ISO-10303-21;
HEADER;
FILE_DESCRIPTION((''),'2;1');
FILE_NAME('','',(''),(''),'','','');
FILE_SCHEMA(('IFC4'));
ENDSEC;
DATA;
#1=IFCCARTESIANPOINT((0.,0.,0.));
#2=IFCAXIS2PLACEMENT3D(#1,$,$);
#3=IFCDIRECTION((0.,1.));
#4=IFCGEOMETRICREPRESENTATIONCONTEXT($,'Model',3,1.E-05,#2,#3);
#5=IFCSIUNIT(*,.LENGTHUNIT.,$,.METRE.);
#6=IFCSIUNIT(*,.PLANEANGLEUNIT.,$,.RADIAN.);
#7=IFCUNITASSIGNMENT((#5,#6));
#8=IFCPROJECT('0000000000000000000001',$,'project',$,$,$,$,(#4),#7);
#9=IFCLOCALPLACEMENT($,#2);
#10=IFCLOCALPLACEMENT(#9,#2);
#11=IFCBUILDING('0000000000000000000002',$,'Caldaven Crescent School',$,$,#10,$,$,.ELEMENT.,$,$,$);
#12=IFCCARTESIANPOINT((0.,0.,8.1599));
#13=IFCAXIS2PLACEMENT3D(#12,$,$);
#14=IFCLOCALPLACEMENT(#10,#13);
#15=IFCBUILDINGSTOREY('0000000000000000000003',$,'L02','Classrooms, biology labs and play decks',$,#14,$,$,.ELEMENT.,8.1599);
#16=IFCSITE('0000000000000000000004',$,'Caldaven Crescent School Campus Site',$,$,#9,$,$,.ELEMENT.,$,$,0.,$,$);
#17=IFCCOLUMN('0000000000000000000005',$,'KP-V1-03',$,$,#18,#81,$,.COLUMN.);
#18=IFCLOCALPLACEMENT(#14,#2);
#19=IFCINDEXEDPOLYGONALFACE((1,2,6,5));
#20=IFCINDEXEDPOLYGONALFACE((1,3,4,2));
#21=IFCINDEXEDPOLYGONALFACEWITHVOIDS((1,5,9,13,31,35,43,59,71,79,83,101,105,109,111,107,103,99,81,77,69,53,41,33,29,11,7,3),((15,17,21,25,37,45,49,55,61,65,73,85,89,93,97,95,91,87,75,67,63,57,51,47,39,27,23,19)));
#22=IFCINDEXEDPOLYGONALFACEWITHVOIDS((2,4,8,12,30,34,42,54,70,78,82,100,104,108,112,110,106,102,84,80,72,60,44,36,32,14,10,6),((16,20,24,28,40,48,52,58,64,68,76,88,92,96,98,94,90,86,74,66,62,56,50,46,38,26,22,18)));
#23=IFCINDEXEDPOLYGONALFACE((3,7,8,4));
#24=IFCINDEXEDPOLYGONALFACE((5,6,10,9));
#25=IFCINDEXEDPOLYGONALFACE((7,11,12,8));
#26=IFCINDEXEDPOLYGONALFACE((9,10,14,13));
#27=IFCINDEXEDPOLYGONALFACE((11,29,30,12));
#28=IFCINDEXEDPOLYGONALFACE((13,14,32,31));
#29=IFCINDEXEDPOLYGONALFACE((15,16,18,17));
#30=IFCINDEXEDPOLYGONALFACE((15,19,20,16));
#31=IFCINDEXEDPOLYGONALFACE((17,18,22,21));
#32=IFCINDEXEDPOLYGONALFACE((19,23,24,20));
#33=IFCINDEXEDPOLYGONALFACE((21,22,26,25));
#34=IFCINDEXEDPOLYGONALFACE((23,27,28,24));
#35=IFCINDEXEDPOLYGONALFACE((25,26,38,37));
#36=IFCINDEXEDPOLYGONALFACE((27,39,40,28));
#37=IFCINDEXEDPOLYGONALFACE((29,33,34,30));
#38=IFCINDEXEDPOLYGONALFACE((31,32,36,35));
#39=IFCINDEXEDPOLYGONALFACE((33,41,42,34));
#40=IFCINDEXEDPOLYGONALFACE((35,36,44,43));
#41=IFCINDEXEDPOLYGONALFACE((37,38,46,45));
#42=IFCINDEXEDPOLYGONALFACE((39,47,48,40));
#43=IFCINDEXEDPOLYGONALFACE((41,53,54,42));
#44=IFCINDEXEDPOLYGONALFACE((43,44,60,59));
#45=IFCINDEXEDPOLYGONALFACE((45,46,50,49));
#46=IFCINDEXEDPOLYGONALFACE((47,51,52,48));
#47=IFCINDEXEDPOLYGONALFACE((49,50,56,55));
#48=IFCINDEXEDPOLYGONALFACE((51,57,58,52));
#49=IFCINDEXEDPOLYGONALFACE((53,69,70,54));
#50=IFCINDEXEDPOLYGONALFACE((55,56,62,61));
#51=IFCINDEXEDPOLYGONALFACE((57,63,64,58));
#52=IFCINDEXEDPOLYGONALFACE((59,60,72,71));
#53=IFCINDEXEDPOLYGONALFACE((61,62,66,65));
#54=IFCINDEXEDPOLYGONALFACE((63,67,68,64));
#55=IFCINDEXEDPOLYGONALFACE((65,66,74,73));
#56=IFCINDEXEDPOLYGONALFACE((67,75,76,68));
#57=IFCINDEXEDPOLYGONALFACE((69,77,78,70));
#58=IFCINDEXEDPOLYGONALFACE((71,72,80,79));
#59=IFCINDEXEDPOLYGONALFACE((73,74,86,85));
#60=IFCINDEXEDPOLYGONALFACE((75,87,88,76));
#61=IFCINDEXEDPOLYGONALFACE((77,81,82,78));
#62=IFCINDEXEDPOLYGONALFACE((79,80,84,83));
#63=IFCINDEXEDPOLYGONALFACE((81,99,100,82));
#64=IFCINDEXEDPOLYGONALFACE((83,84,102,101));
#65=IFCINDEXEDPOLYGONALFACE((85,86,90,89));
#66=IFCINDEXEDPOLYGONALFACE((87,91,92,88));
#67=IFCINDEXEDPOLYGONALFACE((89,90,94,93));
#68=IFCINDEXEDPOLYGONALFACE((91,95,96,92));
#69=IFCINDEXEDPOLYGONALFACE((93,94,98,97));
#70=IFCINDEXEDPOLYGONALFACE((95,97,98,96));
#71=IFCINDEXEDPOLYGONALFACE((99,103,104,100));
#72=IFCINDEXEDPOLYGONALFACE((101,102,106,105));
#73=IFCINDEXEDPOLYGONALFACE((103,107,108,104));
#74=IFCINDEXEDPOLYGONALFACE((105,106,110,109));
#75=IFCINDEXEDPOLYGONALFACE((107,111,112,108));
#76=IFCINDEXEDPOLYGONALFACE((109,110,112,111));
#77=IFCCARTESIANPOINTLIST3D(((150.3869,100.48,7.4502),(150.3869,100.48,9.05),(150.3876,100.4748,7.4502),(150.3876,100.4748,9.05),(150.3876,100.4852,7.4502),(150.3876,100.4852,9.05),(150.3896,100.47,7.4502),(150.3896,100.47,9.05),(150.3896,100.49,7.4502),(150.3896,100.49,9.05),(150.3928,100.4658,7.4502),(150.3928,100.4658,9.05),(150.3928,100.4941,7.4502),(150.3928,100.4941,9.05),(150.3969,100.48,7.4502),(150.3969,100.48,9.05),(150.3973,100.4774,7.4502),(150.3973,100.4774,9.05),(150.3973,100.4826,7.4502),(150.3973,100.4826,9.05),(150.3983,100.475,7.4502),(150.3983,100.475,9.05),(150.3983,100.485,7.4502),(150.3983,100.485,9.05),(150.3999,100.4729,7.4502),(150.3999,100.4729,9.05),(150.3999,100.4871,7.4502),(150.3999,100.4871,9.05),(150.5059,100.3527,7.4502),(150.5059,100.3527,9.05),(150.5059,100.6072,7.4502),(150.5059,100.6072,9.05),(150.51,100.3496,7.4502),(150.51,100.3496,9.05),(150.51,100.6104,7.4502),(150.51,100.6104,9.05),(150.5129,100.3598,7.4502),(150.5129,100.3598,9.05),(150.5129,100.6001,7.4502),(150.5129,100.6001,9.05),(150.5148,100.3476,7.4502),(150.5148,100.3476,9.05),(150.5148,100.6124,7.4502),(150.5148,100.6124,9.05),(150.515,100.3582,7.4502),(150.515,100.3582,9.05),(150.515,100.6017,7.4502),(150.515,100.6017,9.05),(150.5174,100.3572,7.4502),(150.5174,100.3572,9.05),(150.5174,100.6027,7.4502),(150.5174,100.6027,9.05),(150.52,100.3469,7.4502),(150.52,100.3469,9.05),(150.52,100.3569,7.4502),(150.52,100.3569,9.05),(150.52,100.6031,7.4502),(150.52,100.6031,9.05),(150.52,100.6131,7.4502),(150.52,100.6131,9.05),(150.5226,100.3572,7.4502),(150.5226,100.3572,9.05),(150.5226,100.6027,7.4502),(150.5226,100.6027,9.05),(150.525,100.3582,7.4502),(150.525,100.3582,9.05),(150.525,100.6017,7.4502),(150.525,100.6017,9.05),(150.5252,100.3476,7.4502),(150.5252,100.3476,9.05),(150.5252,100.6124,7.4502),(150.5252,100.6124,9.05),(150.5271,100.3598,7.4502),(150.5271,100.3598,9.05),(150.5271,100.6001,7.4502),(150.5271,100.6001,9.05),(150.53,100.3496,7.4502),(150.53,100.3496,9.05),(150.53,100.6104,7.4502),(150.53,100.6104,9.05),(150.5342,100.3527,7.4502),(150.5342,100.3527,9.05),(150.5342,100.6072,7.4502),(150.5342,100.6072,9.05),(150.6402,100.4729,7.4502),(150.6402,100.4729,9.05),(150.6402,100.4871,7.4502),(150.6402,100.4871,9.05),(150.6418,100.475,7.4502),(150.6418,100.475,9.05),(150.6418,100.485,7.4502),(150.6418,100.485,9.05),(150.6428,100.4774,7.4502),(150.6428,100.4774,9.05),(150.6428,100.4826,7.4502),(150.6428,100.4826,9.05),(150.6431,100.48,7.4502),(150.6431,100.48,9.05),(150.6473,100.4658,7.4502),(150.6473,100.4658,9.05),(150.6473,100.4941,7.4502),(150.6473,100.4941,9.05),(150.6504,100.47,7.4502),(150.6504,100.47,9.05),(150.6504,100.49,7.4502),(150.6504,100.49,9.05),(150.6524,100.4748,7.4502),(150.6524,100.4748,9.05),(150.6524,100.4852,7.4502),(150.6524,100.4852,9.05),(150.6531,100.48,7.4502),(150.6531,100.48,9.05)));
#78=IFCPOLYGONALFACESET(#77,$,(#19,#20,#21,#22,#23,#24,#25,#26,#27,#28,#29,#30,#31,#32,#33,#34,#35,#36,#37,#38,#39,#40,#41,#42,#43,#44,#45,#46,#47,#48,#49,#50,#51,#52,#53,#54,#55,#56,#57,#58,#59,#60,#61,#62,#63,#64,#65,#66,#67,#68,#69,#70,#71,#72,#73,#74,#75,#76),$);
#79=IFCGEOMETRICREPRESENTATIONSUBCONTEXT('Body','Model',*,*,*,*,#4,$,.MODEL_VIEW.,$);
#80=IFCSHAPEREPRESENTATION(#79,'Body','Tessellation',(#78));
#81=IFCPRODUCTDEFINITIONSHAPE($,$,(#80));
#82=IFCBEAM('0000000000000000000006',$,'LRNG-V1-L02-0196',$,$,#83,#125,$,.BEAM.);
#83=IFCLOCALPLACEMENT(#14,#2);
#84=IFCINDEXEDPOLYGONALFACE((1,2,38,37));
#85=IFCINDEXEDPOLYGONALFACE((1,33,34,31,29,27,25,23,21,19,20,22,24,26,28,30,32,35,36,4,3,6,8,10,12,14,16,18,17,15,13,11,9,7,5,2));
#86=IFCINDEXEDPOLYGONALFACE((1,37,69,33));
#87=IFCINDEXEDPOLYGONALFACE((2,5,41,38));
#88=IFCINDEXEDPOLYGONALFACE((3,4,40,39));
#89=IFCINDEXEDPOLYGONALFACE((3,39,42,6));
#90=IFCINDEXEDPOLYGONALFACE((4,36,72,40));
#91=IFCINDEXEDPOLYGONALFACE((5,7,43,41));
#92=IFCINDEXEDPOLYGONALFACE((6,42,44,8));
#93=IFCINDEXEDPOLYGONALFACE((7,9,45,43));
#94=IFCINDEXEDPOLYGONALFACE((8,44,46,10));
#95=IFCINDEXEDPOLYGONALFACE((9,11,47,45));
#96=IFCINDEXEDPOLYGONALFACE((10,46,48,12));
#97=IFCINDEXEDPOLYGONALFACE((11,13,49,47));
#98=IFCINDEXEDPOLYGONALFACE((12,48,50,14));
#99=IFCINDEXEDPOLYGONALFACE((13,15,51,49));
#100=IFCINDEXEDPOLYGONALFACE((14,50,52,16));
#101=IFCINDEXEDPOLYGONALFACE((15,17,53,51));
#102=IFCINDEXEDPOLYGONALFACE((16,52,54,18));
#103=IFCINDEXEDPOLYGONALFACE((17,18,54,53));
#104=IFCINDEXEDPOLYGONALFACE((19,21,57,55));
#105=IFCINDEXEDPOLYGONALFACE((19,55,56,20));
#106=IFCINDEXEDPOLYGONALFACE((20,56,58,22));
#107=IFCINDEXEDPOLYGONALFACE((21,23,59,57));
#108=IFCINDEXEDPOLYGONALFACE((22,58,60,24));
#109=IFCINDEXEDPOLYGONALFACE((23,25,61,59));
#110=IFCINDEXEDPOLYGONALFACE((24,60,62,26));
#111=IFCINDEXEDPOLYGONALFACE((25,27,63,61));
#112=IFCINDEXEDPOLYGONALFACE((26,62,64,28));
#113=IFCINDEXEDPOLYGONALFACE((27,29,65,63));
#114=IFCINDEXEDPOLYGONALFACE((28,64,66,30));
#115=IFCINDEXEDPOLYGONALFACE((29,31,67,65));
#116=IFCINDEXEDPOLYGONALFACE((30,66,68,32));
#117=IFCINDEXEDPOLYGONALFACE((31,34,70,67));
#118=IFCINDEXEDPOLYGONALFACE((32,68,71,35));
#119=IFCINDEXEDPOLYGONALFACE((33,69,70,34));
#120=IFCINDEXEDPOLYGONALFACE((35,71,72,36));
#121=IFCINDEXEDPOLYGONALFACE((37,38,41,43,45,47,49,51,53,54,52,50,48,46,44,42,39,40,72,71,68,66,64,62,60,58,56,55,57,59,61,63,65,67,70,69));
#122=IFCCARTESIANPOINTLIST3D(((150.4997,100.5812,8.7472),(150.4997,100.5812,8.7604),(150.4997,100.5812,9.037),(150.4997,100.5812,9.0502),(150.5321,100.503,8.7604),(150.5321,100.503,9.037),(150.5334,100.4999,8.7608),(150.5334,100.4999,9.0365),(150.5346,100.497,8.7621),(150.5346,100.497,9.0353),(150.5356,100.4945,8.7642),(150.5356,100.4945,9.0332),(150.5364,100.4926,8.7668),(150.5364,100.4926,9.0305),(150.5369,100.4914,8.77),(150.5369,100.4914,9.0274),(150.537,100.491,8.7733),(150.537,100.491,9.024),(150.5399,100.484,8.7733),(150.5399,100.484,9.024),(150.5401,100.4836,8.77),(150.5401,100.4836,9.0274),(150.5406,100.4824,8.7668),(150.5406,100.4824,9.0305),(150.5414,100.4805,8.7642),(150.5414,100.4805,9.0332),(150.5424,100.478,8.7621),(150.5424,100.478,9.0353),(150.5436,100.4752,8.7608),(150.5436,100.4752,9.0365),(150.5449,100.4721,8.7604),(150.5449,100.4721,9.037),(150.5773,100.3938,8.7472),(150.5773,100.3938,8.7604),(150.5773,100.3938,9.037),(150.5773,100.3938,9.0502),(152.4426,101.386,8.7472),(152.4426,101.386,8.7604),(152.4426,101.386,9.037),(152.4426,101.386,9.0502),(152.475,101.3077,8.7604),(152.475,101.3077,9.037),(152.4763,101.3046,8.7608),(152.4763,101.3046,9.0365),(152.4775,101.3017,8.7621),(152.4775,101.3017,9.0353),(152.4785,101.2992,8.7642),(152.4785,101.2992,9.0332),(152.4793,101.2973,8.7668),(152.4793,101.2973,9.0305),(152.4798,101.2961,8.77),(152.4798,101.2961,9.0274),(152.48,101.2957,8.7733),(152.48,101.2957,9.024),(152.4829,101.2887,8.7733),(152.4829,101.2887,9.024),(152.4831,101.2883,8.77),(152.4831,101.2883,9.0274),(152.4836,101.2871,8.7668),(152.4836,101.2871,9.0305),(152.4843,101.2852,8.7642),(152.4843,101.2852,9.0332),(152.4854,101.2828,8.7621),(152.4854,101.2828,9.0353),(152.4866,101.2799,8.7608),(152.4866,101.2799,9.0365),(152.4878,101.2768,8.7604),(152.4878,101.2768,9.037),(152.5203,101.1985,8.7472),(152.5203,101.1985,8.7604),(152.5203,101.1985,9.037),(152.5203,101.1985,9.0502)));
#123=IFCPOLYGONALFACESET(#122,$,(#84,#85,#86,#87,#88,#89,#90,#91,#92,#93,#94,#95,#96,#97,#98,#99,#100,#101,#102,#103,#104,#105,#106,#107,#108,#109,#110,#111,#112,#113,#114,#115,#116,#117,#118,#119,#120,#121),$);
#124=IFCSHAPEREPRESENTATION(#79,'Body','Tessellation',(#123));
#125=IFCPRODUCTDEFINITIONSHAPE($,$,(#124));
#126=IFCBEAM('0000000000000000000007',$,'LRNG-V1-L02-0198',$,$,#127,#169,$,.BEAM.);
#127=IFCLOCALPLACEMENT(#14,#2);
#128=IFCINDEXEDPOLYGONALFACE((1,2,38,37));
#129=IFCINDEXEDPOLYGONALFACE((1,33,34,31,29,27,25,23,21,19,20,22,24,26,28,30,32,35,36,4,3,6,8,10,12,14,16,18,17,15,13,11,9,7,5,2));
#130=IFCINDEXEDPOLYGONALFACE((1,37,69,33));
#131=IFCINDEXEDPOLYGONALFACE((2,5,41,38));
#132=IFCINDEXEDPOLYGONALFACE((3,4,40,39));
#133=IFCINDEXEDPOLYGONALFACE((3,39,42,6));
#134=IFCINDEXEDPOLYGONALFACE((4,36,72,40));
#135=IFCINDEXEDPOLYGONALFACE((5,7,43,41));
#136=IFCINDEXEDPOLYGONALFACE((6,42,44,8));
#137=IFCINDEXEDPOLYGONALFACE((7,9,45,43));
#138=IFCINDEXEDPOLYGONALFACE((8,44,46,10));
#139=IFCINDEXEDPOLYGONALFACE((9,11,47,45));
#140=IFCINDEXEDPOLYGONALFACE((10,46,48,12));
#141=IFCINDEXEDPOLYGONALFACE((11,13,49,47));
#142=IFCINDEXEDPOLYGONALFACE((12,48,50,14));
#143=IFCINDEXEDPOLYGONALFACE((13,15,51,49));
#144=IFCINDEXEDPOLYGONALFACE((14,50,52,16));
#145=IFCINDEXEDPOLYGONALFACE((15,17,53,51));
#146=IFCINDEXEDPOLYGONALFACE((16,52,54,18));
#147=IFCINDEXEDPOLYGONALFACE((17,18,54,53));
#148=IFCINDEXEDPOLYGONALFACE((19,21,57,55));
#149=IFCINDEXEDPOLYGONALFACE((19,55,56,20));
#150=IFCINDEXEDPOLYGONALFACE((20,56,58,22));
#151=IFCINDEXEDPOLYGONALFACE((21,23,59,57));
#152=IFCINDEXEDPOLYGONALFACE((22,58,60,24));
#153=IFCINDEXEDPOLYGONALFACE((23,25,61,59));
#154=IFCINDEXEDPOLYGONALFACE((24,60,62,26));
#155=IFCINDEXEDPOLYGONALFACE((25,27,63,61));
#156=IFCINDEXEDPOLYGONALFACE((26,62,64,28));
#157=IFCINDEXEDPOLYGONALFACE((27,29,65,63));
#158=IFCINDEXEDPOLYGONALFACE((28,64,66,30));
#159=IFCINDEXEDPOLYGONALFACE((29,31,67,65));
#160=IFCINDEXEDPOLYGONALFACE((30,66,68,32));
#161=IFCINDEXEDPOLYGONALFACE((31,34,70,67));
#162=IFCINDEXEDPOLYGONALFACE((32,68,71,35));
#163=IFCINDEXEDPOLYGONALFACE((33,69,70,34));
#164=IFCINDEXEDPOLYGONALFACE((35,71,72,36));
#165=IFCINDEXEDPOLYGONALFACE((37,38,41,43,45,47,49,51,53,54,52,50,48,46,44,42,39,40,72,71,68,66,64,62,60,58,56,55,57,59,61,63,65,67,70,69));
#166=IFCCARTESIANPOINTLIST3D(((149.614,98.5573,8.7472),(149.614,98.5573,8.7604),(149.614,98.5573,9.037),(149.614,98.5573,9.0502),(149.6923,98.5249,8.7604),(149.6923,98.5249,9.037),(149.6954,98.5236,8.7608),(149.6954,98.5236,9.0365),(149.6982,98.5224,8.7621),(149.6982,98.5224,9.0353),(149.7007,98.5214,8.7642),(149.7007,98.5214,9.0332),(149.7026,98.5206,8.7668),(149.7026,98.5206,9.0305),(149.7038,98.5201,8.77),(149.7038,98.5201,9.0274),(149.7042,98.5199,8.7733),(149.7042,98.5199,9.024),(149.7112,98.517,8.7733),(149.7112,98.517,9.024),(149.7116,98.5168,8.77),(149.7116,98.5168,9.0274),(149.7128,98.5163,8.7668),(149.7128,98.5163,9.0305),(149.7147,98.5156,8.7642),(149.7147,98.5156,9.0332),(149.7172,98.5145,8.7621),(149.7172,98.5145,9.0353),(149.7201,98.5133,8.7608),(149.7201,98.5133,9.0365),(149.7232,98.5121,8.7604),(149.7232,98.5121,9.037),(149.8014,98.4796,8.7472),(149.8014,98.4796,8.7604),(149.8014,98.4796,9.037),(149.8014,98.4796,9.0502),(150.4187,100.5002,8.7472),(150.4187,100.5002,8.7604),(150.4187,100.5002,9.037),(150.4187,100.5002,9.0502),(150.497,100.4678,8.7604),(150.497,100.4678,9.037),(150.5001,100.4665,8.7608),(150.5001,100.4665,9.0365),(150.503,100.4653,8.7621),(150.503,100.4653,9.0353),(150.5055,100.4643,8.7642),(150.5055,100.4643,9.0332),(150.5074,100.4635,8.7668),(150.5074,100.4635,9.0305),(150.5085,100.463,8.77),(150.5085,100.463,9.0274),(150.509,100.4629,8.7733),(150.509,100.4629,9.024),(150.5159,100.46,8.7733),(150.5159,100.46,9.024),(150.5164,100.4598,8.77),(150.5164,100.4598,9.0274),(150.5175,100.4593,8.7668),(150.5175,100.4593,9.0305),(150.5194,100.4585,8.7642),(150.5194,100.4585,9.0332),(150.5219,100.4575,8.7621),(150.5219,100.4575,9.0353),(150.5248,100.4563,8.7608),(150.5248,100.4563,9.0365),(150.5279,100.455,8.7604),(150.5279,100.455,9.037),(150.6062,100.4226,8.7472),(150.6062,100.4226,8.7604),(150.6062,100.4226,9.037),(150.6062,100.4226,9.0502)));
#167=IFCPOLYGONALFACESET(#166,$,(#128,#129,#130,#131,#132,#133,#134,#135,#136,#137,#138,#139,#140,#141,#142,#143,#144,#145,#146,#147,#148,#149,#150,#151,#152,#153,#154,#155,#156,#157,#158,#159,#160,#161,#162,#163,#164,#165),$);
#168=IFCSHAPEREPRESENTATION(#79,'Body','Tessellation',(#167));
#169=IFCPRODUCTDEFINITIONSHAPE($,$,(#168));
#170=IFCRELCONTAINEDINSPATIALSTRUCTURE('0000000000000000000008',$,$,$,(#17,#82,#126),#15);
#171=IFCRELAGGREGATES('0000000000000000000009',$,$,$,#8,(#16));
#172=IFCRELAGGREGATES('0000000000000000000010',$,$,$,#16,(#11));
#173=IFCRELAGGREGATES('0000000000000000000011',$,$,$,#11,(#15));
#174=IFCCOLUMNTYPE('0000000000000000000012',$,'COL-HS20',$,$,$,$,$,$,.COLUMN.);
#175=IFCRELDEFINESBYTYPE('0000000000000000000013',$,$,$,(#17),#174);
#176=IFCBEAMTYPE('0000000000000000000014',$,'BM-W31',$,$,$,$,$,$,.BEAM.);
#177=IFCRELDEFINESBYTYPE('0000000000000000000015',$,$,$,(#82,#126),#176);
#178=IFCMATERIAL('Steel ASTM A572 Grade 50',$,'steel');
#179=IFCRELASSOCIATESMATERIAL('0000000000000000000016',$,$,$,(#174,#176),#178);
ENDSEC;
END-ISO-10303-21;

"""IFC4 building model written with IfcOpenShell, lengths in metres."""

from ifc_helpers import new_model, si_unit, direction, frame, origin, origin_2d, place, context, subcontext, project, spatial, hollow_rectangle, i_section, extrude, material, material_profile, profile_set, type_object, element, save


model = new_model("IFC4")

# Units and contexts
model_context = context("Model", 3, precision=1e-05, world=origin(), true_north=direction((0.0, 1.0)))
body_context = subcontext(model_context, "Body", "Model", "MODEL_VIEW")
ifc_project = project(units=[si_unit("LENGTHUNIT", "METRE"), si_unit("PLANEANGLEUNIT", "RADIAN")], contexts=[model_context])

# Site, building, storey
site_placement = place(None, origin())
site = spatial("IfcSite", under=ifc_project, at=site_placement, Name="Caldaven Crescent School Campus Site", CompositionType="ELEMENT", RefElevation=0.0)
building_placement = place(site_placement, origin())
building = spatial("IfcBuilding", under=site, at=building_placement, Name="Caldaven Crescent School", CompositionType="ELEMENT")
storey_placement = place(building_placement, frame((0.0, 0.0, 8.1599)))
storey = spatial("IfcBuildingStorey", under=building, at=storey_placement, Name="L02", Description="Classrooms, biology labs and play decks", CompositionType="ELEMENT", Elevation=8.1599)

# Column
ifc_material_1 = material(Name="Steel ASTM A572 Grade 50", Category="steel")
ifc_material_profile_1 = material_profile(ifc_material_1, hollow_rectangle(XDim=0.2, YDim=0.2, WallThickness=0.01, InnerFilletRadius=0.01, OuterFilletRadius=0.02, at=origin_2d()), Name="HSS 200x200x10")
ifc_profile_set_1 = profile_set([ifc_material_profile_1], Name="Steel ASTM A572 Grade 50")
column_type = type_object("IfcColumnType", Name="COL-HS20", PredefinedType="COLUMN", material=ifc_profile_set_1)
column_placement = place(storey_placement, frame((150.52, 100.48, 7.4502), z_axis=(0.0, 0.0, 1.0), x_axis=(-0.707107, 0.707107, 0.0)))
element("IfcColumn", 1, at=column_placement, inside=storey, type_object=column_type, Name="KP-V1-03", PredefinedType="COLUMN", context=body_context, shape_type="SweptSolid", body=[
    extrude(hollow_rectangle(XDim=0.2, YDim=0.2, WallThickness=0.01, InnerFilletRadius=0.01, OuterFilletRadius=0.02, at=origin_2d()), origin(), (0.0, 0.0, 1.0), 1.5999),
])

# Beams
ifc_material_profile_2 = material_profile(ifc_material_1, i_section(OverallWidth=0.2029, OverallDepth=0.303, WebThickness=0.0076, FlangeThickness=0.0132, FilletRadius=0.0129, at=origin_2d()), Name="W310x60")
ifc_profile_set_2 = profile_set([ifc_material_profile_2], Name="Steel ASTM A572 Grade 50")
beam_type_1 = type_object("IfcBeamType", Name="BM-W31", PredefinedType="BEAM", material=ifc_profile_set_2)
for number, where, z_axis, x_axis, name in (
    (2, (152.4814, 101.2922, 8.8987), (-0.923892, -0.382653, 0.0), (0.382653, -0.923892, 0.0), "LRNG-V1-L02-0196"),
    (3, (150.5125, 100.4614, 8.8987), (-0.382653, -0.923892, 0.0), (0.923892, -0.382653, 0.0), "LRNG-V1-L02-0198"),
):
    element("IfcBeam", number, at=place(storey_placement, frame(where, z_axis=z_axis, x_axis=x_axis)), inside=storey, type_object=beam_type_1, Name=name, PredefinedType="BEAM", context=body_context, shape_type="SweptSolid", body=[
        extrude(i_section(OverallWidth=0.2029, OverallDepth=0.303, WebThickness=0.0076, FlangeThickness=0.0132, FilletRadius=0.0129, at=origin_2d()), origin(), (0.0, 0.0, 1.0), 2.103),
    ])

save(model, "model.ifc")
